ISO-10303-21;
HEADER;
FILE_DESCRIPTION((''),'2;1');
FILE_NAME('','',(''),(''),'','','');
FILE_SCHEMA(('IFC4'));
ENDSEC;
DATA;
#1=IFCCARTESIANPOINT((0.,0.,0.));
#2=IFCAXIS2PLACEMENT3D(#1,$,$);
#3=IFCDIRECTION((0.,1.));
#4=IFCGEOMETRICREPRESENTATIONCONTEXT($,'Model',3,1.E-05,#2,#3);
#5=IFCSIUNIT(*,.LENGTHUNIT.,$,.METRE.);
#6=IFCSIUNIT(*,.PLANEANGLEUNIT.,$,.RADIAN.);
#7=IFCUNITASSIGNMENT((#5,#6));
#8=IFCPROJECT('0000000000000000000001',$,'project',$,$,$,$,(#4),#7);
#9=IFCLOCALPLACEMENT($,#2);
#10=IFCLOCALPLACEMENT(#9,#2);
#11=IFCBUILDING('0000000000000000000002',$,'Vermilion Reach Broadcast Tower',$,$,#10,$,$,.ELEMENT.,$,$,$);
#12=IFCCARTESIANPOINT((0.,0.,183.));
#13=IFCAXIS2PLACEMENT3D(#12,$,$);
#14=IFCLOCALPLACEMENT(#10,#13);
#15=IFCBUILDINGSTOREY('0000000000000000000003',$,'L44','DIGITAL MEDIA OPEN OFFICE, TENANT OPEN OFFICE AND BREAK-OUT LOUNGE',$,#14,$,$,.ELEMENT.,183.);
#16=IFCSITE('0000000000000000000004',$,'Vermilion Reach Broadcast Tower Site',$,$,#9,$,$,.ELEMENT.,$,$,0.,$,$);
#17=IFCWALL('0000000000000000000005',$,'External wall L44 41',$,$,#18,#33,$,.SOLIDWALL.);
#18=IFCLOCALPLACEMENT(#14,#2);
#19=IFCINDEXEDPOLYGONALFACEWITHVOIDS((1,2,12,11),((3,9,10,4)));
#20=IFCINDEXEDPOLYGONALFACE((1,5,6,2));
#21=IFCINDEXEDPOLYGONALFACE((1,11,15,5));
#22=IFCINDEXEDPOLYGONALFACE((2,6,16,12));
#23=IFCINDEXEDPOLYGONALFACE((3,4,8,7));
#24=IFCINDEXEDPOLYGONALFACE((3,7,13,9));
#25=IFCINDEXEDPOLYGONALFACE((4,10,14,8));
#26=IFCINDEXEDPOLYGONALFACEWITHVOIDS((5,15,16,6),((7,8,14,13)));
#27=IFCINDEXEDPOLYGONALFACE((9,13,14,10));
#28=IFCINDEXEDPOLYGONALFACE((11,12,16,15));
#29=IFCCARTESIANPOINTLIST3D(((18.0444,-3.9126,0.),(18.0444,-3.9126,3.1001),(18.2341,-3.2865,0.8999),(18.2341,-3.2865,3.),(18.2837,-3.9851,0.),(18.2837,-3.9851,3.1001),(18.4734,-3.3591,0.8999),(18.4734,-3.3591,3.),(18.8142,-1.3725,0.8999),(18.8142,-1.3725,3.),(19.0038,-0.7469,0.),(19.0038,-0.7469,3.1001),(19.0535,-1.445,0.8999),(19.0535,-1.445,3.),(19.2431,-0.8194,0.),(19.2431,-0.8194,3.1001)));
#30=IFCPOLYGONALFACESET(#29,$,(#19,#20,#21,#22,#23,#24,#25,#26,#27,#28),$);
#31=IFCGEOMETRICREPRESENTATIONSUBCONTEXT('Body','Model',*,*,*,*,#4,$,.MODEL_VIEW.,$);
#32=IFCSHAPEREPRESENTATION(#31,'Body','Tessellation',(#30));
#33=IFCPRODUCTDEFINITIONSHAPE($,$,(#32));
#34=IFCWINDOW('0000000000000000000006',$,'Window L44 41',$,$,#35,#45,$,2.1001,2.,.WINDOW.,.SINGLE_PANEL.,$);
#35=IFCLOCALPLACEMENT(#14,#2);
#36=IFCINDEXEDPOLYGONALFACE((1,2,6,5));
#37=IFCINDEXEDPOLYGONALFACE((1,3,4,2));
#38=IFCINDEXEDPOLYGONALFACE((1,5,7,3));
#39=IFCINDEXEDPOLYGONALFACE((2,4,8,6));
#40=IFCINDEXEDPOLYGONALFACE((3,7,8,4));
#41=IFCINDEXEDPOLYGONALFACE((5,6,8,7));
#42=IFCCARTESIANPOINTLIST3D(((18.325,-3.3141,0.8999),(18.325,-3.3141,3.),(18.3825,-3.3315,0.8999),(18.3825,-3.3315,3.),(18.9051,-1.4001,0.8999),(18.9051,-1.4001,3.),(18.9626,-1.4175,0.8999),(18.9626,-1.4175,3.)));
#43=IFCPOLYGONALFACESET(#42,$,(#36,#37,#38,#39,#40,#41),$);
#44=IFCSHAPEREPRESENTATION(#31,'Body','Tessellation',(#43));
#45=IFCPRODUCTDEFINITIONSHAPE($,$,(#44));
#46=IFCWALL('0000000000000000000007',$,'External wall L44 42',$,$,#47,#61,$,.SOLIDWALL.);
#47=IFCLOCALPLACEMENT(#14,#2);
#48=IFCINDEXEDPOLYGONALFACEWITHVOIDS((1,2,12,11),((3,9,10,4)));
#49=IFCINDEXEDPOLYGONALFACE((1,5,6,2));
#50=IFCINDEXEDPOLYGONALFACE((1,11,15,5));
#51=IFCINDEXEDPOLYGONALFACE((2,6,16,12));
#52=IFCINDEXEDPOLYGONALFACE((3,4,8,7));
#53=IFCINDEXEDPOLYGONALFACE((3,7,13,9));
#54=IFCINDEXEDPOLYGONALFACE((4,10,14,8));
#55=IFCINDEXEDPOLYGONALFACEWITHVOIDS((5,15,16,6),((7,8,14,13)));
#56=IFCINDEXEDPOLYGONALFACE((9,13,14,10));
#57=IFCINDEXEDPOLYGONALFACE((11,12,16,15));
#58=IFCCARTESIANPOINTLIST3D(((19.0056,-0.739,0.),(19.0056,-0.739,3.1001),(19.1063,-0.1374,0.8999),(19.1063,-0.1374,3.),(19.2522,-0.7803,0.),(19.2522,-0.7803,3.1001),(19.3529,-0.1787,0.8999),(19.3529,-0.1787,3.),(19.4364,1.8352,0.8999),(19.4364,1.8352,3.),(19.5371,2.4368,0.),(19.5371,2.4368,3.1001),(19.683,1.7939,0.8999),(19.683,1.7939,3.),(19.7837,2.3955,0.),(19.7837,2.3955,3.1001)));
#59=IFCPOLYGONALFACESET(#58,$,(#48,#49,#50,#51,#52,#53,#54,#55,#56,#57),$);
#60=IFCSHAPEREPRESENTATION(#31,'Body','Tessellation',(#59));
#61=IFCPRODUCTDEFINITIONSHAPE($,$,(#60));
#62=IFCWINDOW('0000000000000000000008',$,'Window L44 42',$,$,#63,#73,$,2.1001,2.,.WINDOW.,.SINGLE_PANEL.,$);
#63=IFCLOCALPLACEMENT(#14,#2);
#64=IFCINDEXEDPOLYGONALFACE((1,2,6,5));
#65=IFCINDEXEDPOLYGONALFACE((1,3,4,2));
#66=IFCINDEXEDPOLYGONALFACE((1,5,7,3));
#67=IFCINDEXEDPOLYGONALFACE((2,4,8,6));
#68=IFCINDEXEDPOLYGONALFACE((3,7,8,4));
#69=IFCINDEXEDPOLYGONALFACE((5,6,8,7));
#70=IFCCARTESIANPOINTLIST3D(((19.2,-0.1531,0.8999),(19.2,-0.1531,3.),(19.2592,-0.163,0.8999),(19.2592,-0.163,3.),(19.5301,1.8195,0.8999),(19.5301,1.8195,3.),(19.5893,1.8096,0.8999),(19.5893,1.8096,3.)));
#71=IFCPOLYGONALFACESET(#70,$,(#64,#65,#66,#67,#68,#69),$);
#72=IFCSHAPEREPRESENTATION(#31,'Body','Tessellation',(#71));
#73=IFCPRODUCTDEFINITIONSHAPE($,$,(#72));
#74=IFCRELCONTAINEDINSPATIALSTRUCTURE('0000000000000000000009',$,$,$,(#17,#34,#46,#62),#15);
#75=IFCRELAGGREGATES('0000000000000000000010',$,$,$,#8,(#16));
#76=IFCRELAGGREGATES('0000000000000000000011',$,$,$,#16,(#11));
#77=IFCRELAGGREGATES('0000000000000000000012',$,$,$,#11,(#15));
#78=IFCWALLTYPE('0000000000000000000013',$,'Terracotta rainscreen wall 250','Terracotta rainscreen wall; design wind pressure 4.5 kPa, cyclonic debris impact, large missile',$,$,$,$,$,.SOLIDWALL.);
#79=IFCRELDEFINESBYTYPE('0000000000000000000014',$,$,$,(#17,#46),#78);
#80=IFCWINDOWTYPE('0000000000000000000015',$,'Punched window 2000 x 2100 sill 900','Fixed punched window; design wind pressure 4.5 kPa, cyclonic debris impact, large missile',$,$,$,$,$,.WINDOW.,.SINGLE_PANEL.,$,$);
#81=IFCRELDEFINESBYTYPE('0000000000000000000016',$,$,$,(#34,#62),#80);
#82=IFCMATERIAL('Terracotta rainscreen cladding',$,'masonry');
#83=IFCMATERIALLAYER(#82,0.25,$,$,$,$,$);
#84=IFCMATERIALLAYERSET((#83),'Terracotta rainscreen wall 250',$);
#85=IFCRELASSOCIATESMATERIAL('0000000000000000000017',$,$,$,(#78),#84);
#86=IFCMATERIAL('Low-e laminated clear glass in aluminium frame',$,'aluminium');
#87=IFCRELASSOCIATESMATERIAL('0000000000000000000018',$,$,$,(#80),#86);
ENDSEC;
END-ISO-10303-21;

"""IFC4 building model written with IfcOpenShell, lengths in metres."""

from ifc_helpers import new_model, si_unit, direction, frame, frame_2d, origin, place, context, subcontext, project, spatial, rectangle, extrude, material, layer, layer_set, type_object, element, fill, save


model = new_model("IFC4")

# Units and contexts
model_context = context("Model", 3, precision=1e-05, world=origin(), true_north=direction((0.0, 1.0)))
body_context = subcontext(model_context, "Body", "Model", "MODEL_VIEW")
ifc_project = project(units=[si_unit("LENGTHUNIT", "METRE"), si_unit("PLANEANGLEUNIT", "RADIAN")], contexts=[model_context])

# Site, building, storey
site_placement = place(None, origin())
site = spatial("IfcSite", under=ifc_project, at=site_placement, Name="Vermilion Reach Broadcast Tower Site", CompositionType="ELEMENT", RefElevation=0.0)
building_placement = place(site_placement, origin())
building = spatial("IfcBuilding", under=site, at=building_placement, Name="Vermilion Reach Broadcast Tower", CompositionType="ELEMENT")
storey_placement = place(building_placement, frame((0.0, 0.0, 183.0)))
storey = spatial("IfcBuildingStorey", under=building, at=storey_placement, Name="L44", Description="DIGITAL MEDIA OPEN OFFICE, TENANT OPEN OFFICE AND BREAK-OUT LOUNGE", CompositionType="ELEMENT", Elevation=183.0)

# Shared definitions
ifc_material_1 = material(Name="Terracotta rainscreen cladding", Category="masonry")
ifc_layer_1 = layer(ifc_material_1, 0.25)
ifc_layer_set_1 = layer_set([ifc_layer_1], Name="Terracotta rainscreen wall 250")
wall_type_1 = type_object("IfcWallType", Name="Terracotta rainscreen wall 250", Description="Terracotta rainscreen wall; design wind pressure 4.5 kPa, cyclonic debris impact, large missile", PredefinedType="SOLIDWALL", material=ifc_layer_set_1)
ifc_material_2 = material(Name="Low-e laminated clear glass in aluminium frame", Category="aluminium")
window_type = type_object("IfcWindowType", Name="Punched window 2000 x 2100 sill 900", Description="Fixed punched window; design wind pressure 4.5 kPa, cyclonic debris impact, large missile", PartitioningType="SINGLE_PANEL", PredefinedType="WINDOW", material=ifc_material_2)

# Walls, openings, windows
wall_1_placement = place(storey_placement, frame((18.1641, -3.9487, 0.0), z_axis=(0.0, 0.0, 1.0), x_axis=(0.290048, 0.957012, 0.0)))
wall_1 = element("IfcWall", 1, at=wall_1_placement, inside=storey, type_object=wall_type_1, Name="External wall L44 41", PredefinedType="SOLIDWALL", context=body_context, shape_type="SweptSolid", body=[
    extrude(rectangle(XDim=3.3079, YDim=0.25, at=frame_2d((1.6538, 0.0))), origin(), (0.0, 0.0, 1.0), 3.1001),
])
opening_1_placement = place(wall_1_placement, frame((0.6541, 0.0, 0.8999)))
opening_1 = element("IfcOpeningElement", 2, at=opening_1_placement, cuts=wall_1, PredefinedType="OPENING", context=body_context, shape_type="SweptSolid", body=[
    extrude(rectangle(XDim=2.0, YDim=2.1001, at=frame_2d((1.0, 1.05))), frame((0.0, 0.135, 0.0), z_axis=(0.0, -1.0, 0.0), x_axis=(1.0, 0.0, 0.0)), (0.0, 0.0, 1.0), 0.27),
])
window_1_placement = place(opening_1_placement, origin())
window_1 = element("IfcWindow", 3, at=window_1_placement, inside=storey, type_object=window_type, Name="Window L44 41", OverallHeight=2.1001, OverallWidth=2.0, PartitioningType="SINGLE_PANEL", PredefinedType="WINDOW", context=body_context, shape_type="SweptSolid", body=[
    extrude(rectangle(XDim=2.0, YDim=2.1001, at=frame_2d((1.0, 1.05))), frame((0.0, 0.03, 0.0), z_axis=(0.0, -1.0, 0.0), x_axis=(1.0, 0.0, 0.0)), (0.0, 0.0, 1.0), 0.0601),
])
fill(opening_1, window_1)
wall_2_placement = place(storey_placement, frame((19.1289, -0.7595, 0.0), z_axis=(0.0, 0.0, 1.0), x_axis=(0.165063, 0.986283, 0.0)))
wall_2 = element("IfcWall", 4, at=wall_2_placement, inside=storey, type_object=wall_type_1, Name="External wall L44 42", PredefinedType="SOLIDWALL", context=body_context, shape_type="SweptSolid", body=[
    extrude(rectangle(XDim=3.22, YDim=0.25, at=frame_2d((1.6099, 0.0))), origin(), (0.0, 0.0, 1.0), 3.1001),
])
opening_2_placement = place(wall_2_placement, frame((0.6099, 0.0, 0.8999)))
opening_2 = element("IfcOpeningElement", 5, at=opening_2_placement, cuts=wall_2, PredefinedType="OPENING", context=body_context, shape_type="SweptSolid", body=[
    extrude(rectangle(XDim=2.0, YDim=2.1001, at=frame_2d((1.0, 1.05))), frame((0.0, 0.135, 0.0), z_axis=(0.0, -1.0, 0.0), x_axis=(1.0, 0.0, 0.0)), (0.0, 0.0, 1.0), 0.27),
])
window_2_placement = place(opening_2_placement, origin())
window_2 = element("IfcWindow", 6, at=window_2_placement, inside=storey, type_object=window_type, Name="Window L44 42", OverallHeight=2.1001, OverallWidth=2.0, PartitioningType="SINGLE_PANEL", PredefinedType="WINDOW", context=body_context, shape_type="SweptSolid", body=[
    extrude(rectangle(XDim=2.0, YDim=2.1001, at=frame_2d((1.0, 1.05))), frame((0.0, 0.03, 0.0), z_axis=(0.0, -1.0, 0.0), x_axis=(1.0, 0.0, 0.0)), (0.0, 0.0, 1.0), 0.0601),
])
fill(opening_2, window_2)

save(model, "model.ifc")
